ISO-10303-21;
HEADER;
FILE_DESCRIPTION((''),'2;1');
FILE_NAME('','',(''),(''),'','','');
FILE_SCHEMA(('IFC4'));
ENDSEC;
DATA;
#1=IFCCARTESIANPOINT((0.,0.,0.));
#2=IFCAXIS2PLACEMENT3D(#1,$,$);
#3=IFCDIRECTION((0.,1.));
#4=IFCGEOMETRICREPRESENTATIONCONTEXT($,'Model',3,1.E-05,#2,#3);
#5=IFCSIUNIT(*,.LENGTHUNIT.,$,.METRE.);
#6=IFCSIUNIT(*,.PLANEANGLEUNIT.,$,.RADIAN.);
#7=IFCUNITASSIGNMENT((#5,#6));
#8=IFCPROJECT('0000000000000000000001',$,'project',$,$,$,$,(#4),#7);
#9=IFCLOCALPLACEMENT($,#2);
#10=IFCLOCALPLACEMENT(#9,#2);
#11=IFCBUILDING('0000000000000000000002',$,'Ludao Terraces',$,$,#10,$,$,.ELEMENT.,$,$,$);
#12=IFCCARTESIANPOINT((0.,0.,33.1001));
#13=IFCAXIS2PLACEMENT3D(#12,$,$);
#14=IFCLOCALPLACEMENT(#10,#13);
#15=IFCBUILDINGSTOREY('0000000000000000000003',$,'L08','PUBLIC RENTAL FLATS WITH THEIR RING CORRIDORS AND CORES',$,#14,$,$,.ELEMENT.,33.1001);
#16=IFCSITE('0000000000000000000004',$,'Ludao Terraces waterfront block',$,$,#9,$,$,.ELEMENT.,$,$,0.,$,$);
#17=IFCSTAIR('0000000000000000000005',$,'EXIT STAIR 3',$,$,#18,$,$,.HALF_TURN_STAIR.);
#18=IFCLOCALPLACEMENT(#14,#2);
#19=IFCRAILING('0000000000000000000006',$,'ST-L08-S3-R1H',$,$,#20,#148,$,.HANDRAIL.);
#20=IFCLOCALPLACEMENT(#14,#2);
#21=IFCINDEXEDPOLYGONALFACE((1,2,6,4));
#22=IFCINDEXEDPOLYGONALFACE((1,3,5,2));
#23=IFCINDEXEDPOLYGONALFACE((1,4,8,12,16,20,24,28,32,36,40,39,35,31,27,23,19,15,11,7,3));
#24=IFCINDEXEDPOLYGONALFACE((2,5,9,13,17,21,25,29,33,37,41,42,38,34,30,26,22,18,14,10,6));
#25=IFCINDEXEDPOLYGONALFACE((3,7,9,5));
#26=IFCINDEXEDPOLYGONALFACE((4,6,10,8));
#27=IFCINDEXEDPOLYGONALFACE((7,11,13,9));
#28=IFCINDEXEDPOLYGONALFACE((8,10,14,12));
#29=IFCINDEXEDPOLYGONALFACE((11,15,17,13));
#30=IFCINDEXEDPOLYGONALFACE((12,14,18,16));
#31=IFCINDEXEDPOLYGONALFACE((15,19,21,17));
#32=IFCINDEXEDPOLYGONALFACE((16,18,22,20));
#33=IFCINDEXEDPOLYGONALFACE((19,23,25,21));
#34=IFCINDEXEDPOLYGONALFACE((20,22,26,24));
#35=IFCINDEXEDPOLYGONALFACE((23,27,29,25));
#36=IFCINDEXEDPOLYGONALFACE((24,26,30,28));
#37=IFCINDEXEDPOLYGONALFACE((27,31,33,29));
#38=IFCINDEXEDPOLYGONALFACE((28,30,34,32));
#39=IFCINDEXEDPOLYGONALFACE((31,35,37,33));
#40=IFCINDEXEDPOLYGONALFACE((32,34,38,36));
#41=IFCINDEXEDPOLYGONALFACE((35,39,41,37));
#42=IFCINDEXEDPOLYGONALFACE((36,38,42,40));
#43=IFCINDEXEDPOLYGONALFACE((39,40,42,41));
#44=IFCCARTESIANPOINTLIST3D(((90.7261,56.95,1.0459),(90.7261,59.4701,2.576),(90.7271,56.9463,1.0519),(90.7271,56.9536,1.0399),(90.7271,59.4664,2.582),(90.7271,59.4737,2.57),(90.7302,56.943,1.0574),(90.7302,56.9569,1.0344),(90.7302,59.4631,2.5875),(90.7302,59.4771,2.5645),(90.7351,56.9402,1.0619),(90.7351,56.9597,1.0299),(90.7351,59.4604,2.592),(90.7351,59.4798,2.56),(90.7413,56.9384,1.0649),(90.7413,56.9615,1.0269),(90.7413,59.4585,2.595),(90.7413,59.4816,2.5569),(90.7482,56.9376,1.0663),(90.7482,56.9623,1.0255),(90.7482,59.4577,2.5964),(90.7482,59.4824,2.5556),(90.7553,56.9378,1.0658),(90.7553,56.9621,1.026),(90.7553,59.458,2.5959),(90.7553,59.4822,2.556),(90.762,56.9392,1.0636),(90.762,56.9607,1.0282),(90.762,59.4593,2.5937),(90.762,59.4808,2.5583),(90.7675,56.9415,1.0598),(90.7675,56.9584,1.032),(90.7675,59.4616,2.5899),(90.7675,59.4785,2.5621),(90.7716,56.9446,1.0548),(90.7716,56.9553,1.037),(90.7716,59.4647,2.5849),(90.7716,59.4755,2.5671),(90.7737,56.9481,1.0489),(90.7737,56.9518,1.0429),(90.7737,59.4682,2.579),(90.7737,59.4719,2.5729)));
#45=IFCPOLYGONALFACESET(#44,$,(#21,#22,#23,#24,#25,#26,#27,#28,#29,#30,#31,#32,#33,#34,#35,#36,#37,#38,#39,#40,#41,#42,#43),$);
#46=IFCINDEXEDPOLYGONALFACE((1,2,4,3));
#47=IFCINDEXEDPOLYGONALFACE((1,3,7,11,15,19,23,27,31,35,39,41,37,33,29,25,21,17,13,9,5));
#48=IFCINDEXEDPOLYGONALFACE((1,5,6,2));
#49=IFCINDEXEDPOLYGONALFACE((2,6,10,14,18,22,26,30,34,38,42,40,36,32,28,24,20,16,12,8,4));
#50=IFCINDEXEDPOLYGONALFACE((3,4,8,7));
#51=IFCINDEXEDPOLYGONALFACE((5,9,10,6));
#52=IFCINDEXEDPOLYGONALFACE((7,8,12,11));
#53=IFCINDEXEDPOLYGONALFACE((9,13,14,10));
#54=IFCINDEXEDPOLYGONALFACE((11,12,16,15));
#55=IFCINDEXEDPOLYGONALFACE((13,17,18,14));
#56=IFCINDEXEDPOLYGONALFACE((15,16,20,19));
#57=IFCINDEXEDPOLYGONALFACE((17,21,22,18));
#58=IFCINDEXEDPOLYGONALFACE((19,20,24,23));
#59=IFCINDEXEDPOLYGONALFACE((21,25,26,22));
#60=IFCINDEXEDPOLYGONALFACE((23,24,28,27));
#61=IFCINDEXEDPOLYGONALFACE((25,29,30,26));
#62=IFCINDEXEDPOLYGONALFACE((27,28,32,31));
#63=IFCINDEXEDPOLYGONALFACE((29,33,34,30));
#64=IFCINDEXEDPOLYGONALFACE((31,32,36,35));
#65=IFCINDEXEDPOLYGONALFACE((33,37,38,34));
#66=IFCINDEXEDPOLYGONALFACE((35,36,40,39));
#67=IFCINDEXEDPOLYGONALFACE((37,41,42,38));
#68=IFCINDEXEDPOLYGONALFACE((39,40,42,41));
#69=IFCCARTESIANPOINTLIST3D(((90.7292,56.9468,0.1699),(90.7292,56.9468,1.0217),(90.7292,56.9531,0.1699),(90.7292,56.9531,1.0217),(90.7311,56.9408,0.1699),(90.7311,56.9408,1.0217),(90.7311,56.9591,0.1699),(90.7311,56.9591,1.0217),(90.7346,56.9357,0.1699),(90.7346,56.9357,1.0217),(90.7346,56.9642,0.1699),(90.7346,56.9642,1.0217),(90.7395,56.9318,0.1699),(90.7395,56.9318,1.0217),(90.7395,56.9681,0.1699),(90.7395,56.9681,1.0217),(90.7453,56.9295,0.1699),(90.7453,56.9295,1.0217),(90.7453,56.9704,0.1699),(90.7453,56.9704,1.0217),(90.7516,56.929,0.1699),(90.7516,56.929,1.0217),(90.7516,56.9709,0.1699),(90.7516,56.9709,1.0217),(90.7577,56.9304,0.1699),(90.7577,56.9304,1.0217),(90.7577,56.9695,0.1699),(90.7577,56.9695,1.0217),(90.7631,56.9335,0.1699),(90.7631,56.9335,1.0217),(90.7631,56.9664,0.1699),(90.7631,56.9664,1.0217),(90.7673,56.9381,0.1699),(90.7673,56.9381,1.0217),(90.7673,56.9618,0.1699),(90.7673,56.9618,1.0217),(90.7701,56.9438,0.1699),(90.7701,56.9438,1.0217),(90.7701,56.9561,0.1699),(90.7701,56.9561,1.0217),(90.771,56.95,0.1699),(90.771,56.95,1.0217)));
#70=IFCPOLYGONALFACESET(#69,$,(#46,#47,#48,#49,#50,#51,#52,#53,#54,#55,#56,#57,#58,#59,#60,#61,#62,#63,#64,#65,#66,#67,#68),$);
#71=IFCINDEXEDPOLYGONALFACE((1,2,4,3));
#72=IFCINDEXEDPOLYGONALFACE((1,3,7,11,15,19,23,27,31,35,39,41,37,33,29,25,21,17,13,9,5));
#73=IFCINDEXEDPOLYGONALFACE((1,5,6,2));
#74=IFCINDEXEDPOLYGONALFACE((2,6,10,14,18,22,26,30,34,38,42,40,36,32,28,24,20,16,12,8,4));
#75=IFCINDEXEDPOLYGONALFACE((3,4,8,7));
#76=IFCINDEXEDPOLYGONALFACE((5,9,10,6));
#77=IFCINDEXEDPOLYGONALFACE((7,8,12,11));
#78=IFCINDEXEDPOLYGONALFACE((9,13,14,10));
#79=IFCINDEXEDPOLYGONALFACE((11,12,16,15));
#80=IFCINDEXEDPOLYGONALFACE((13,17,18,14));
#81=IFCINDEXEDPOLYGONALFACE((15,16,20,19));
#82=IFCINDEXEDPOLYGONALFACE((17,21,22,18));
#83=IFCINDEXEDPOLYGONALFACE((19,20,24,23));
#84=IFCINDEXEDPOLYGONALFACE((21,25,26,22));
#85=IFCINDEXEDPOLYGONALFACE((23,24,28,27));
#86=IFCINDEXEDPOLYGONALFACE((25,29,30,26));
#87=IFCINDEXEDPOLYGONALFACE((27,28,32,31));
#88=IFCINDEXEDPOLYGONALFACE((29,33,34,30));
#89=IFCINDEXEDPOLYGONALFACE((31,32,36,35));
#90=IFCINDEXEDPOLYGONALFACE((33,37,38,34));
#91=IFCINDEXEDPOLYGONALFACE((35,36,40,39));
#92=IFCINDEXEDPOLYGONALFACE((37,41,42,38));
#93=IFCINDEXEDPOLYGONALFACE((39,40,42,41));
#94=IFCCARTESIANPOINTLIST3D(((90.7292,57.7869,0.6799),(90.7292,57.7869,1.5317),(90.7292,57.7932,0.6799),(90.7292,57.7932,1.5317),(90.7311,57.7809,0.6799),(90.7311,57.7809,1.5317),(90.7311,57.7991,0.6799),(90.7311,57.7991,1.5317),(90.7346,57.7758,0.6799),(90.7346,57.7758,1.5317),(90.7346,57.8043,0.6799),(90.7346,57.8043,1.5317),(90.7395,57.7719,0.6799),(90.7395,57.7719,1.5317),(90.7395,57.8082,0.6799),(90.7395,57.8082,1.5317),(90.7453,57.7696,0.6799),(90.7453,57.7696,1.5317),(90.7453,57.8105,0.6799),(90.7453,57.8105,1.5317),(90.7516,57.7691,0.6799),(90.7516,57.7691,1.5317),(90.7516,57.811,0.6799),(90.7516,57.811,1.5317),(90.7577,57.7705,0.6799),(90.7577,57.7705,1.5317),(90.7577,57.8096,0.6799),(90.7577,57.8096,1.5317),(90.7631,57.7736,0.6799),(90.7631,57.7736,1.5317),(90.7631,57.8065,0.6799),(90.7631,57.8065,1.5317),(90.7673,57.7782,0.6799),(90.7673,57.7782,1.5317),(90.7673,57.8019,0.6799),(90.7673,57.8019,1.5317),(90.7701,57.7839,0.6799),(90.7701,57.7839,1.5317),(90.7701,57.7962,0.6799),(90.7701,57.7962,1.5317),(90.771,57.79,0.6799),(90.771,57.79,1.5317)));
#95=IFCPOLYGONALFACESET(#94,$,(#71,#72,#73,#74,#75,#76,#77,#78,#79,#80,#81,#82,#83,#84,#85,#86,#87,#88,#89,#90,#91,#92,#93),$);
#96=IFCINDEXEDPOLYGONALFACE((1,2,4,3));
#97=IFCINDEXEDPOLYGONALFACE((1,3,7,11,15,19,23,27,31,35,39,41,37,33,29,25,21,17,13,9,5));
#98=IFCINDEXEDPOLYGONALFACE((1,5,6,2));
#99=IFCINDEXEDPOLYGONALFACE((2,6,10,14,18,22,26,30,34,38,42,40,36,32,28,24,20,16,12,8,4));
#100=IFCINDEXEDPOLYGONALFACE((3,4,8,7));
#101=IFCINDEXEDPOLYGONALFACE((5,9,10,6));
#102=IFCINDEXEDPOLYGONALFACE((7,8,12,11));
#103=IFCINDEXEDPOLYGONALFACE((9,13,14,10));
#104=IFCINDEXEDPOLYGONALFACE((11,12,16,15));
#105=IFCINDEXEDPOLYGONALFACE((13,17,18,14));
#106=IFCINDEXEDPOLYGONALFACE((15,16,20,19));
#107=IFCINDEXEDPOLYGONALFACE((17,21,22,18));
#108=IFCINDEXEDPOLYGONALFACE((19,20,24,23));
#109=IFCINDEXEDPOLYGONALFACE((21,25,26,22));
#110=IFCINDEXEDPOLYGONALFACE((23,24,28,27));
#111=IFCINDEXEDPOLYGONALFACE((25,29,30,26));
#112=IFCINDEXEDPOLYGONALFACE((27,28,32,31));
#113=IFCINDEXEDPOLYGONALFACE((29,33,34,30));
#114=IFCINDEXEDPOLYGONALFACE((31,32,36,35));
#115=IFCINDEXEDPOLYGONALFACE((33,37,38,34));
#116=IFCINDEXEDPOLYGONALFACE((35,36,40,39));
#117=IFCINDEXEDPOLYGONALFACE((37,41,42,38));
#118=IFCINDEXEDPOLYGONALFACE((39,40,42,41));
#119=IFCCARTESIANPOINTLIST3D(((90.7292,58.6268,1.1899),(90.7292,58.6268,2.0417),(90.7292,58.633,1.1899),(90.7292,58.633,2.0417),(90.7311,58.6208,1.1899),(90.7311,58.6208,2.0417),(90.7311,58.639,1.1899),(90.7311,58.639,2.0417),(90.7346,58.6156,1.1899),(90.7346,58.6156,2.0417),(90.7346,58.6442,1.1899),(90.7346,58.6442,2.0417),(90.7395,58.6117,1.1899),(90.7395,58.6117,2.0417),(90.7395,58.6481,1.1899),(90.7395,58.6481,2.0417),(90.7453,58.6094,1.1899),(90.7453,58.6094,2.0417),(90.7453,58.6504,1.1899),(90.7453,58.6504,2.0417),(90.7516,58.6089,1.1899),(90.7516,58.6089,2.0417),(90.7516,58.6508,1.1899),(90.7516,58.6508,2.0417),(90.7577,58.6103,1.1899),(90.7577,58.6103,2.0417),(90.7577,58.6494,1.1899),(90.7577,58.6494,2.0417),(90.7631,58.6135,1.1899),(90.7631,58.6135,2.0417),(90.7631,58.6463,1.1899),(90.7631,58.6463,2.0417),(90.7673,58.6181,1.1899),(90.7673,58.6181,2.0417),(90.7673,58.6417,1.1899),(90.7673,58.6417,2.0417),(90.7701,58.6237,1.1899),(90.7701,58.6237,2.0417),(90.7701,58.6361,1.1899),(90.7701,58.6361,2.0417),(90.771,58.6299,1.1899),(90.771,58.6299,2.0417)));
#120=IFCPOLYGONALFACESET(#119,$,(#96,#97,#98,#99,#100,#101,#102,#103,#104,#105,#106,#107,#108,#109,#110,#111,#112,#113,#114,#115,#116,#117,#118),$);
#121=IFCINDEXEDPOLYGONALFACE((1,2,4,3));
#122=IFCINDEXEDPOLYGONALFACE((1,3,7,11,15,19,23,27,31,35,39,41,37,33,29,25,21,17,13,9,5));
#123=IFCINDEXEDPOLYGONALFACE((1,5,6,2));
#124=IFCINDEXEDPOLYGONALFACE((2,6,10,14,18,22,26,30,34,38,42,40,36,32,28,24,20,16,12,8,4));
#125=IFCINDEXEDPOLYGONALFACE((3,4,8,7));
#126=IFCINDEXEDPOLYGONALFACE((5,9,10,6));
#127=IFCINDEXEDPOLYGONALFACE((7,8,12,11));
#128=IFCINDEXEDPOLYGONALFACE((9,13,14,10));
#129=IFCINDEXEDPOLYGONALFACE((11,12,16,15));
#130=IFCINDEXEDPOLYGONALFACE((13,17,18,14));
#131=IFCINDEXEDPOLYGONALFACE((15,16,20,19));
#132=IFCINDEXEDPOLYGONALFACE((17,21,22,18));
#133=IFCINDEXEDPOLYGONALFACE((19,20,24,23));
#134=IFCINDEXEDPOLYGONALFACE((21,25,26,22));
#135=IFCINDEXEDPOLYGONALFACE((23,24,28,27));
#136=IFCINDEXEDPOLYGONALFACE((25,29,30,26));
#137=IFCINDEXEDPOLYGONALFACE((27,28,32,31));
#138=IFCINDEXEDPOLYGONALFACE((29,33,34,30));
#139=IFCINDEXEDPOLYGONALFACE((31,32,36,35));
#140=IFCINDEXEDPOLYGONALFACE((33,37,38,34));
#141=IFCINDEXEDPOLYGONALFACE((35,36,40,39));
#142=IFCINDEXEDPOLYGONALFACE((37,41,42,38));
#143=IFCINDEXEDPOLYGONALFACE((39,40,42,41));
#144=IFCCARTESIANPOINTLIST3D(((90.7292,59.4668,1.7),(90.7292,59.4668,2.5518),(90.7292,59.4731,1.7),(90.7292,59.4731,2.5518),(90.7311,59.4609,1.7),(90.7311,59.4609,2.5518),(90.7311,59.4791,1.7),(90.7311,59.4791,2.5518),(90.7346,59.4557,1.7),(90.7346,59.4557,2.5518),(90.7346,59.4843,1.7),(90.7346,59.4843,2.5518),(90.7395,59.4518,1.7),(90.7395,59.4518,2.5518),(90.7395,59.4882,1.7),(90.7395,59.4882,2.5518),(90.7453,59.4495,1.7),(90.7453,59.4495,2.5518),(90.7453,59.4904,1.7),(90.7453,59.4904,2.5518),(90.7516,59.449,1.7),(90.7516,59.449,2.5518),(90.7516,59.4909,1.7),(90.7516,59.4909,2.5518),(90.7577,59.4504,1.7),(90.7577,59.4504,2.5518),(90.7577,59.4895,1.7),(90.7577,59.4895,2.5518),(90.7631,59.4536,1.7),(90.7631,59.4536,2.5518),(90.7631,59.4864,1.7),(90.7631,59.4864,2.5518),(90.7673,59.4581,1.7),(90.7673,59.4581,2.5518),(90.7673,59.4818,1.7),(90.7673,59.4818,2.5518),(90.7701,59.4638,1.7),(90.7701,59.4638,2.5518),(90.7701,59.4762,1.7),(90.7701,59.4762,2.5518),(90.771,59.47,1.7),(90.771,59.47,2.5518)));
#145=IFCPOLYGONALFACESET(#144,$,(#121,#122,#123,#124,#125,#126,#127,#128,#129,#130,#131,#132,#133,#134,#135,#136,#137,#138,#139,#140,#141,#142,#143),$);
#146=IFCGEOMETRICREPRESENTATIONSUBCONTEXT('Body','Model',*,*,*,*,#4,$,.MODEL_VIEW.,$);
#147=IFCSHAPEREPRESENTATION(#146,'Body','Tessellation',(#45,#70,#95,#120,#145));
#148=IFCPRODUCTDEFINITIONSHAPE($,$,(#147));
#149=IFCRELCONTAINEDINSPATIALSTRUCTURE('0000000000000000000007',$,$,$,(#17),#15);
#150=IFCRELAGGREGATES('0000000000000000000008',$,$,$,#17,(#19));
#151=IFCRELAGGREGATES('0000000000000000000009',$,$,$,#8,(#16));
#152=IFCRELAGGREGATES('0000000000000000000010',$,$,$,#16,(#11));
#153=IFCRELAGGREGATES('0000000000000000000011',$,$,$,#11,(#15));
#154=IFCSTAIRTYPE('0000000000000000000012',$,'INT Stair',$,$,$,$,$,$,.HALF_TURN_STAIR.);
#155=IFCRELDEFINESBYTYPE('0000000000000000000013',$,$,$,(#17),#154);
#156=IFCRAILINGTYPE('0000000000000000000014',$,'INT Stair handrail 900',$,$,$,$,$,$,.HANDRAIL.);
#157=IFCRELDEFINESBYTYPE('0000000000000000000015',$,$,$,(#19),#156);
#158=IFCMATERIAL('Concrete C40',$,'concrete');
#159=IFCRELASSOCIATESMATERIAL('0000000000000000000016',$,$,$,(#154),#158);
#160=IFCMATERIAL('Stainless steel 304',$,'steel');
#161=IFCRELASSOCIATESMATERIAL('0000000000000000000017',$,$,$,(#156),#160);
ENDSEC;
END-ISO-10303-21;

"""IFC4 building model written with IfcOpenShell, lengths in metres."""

from ifc_helpers import new_model, si_unit, direction, frame, origin, origin_2d, place, context, subcontext, project, spatial, circle, extrude, material, type_object, element, aggregate, save


model = new_model("IFC4")

# Units and contexts
model_context = context("Model", 3, precision=1e-05, world=origin(), true_north=direction((0.0, 1.0)))
body_context = subcontext(model_context, "Body", "Model", "MODEL_VIEW")
ifc_project = project(units=[si_unit("LENGTHUNIT", "METRE"), si_unit("PLANEANGLEUNIT", "RADIAN")], contexts=[model_context])

# Site, building, storey
site_placement = place(None, origin())
site = spatial("IfcSite", under=ifc_project, at=site_placement, Name="Ludao Terraces waterfront block", CompositionType="ELEMENT", RefElevation=0.0)
building_placement = place(site_placement, origin())
building = spatial("IfcBuilding", under=site, at=building_placement, Name="Ludao Terraces", CompositionType="ELEMENT")
storey_placement = place(building_placement, frame((0.0, 0.0, 33.1001)))
storey = spatial("IfcBuildingStorey", under=building, at=storey_placement, Name="L08", Description="PUBLIC RENTAL FLATS WITH THEIR RING CORRIDORS AND CORES", CompositionType="ELEMENT", Elevation=33.1001)

# Stair, railing
ifc_material_1 = material(Name="Concrete C40", Category="concrete")
stair_type = type_object("IfcStairType", Name="INT Stair", PredefinedType="HALF_TURN_STAIR", material=ifc_material_1)
stair_placement = place(storey_placement, origin())
stair = element("IfcStair", 1, at=stair_placement, inside=storey, type_object=stair_type, Name="EXIT STAIR 3", PredefinedType="HALF_TURN_STAIR")
ifc_material_2 = material(Name="Stainless steel 304", Category="steel")
railing_type_1 = type_object("IfcRailingType", Name="INT Stair handrail 900", PredefinedType="HANDRAIL", material=ifc_material_2)
railing_1_placement = place(storey_placement, frame((90.75, 56.95, 0.1699)))
railing_1 = element("IfcRailing", 2, at=railing_1_placement, type_object=railing_type_1, Name="ST-L08-S3-R1H", PredefinedType="HANDRAIL", context=body_context, shape_type="SweptSolid", body=[
    extrude(circle(Radius=0.0239, at=origin_2d()), frame((0.0, 0.0, 0.876), z_axis=(0.0, 0.854785, 0.518982), x_axis=(-1.0, 0.0, 0.0)), (0.0, 0.0, 1.0), 2.9482),
    extrude(circle(Radius=0.021, at=origin_2d()), origin(), (0.0, 0.0, 1.0), 0.8518),
    extrude(circle(Radius=0.021, at=origin_2d()), frame((0.0, 0.8401, 0.51)), (0.0, 0.0, 1.0), 0.8518),
    extrude(circle(Radius=0.021, at=origin_2d()), frame((0.0, 1.6799, 1.02)), (0.0, 0.0, 1.0), 0.8518),
    extrude(circle(Radius=0.021, at=origin_2d()), frame((0.0, 2.52, 1.53)), (0.0, 0.0, 1.0), 0.8518),
])
aggregate(stair, [railing_1])

save(model, "model.ifc")
